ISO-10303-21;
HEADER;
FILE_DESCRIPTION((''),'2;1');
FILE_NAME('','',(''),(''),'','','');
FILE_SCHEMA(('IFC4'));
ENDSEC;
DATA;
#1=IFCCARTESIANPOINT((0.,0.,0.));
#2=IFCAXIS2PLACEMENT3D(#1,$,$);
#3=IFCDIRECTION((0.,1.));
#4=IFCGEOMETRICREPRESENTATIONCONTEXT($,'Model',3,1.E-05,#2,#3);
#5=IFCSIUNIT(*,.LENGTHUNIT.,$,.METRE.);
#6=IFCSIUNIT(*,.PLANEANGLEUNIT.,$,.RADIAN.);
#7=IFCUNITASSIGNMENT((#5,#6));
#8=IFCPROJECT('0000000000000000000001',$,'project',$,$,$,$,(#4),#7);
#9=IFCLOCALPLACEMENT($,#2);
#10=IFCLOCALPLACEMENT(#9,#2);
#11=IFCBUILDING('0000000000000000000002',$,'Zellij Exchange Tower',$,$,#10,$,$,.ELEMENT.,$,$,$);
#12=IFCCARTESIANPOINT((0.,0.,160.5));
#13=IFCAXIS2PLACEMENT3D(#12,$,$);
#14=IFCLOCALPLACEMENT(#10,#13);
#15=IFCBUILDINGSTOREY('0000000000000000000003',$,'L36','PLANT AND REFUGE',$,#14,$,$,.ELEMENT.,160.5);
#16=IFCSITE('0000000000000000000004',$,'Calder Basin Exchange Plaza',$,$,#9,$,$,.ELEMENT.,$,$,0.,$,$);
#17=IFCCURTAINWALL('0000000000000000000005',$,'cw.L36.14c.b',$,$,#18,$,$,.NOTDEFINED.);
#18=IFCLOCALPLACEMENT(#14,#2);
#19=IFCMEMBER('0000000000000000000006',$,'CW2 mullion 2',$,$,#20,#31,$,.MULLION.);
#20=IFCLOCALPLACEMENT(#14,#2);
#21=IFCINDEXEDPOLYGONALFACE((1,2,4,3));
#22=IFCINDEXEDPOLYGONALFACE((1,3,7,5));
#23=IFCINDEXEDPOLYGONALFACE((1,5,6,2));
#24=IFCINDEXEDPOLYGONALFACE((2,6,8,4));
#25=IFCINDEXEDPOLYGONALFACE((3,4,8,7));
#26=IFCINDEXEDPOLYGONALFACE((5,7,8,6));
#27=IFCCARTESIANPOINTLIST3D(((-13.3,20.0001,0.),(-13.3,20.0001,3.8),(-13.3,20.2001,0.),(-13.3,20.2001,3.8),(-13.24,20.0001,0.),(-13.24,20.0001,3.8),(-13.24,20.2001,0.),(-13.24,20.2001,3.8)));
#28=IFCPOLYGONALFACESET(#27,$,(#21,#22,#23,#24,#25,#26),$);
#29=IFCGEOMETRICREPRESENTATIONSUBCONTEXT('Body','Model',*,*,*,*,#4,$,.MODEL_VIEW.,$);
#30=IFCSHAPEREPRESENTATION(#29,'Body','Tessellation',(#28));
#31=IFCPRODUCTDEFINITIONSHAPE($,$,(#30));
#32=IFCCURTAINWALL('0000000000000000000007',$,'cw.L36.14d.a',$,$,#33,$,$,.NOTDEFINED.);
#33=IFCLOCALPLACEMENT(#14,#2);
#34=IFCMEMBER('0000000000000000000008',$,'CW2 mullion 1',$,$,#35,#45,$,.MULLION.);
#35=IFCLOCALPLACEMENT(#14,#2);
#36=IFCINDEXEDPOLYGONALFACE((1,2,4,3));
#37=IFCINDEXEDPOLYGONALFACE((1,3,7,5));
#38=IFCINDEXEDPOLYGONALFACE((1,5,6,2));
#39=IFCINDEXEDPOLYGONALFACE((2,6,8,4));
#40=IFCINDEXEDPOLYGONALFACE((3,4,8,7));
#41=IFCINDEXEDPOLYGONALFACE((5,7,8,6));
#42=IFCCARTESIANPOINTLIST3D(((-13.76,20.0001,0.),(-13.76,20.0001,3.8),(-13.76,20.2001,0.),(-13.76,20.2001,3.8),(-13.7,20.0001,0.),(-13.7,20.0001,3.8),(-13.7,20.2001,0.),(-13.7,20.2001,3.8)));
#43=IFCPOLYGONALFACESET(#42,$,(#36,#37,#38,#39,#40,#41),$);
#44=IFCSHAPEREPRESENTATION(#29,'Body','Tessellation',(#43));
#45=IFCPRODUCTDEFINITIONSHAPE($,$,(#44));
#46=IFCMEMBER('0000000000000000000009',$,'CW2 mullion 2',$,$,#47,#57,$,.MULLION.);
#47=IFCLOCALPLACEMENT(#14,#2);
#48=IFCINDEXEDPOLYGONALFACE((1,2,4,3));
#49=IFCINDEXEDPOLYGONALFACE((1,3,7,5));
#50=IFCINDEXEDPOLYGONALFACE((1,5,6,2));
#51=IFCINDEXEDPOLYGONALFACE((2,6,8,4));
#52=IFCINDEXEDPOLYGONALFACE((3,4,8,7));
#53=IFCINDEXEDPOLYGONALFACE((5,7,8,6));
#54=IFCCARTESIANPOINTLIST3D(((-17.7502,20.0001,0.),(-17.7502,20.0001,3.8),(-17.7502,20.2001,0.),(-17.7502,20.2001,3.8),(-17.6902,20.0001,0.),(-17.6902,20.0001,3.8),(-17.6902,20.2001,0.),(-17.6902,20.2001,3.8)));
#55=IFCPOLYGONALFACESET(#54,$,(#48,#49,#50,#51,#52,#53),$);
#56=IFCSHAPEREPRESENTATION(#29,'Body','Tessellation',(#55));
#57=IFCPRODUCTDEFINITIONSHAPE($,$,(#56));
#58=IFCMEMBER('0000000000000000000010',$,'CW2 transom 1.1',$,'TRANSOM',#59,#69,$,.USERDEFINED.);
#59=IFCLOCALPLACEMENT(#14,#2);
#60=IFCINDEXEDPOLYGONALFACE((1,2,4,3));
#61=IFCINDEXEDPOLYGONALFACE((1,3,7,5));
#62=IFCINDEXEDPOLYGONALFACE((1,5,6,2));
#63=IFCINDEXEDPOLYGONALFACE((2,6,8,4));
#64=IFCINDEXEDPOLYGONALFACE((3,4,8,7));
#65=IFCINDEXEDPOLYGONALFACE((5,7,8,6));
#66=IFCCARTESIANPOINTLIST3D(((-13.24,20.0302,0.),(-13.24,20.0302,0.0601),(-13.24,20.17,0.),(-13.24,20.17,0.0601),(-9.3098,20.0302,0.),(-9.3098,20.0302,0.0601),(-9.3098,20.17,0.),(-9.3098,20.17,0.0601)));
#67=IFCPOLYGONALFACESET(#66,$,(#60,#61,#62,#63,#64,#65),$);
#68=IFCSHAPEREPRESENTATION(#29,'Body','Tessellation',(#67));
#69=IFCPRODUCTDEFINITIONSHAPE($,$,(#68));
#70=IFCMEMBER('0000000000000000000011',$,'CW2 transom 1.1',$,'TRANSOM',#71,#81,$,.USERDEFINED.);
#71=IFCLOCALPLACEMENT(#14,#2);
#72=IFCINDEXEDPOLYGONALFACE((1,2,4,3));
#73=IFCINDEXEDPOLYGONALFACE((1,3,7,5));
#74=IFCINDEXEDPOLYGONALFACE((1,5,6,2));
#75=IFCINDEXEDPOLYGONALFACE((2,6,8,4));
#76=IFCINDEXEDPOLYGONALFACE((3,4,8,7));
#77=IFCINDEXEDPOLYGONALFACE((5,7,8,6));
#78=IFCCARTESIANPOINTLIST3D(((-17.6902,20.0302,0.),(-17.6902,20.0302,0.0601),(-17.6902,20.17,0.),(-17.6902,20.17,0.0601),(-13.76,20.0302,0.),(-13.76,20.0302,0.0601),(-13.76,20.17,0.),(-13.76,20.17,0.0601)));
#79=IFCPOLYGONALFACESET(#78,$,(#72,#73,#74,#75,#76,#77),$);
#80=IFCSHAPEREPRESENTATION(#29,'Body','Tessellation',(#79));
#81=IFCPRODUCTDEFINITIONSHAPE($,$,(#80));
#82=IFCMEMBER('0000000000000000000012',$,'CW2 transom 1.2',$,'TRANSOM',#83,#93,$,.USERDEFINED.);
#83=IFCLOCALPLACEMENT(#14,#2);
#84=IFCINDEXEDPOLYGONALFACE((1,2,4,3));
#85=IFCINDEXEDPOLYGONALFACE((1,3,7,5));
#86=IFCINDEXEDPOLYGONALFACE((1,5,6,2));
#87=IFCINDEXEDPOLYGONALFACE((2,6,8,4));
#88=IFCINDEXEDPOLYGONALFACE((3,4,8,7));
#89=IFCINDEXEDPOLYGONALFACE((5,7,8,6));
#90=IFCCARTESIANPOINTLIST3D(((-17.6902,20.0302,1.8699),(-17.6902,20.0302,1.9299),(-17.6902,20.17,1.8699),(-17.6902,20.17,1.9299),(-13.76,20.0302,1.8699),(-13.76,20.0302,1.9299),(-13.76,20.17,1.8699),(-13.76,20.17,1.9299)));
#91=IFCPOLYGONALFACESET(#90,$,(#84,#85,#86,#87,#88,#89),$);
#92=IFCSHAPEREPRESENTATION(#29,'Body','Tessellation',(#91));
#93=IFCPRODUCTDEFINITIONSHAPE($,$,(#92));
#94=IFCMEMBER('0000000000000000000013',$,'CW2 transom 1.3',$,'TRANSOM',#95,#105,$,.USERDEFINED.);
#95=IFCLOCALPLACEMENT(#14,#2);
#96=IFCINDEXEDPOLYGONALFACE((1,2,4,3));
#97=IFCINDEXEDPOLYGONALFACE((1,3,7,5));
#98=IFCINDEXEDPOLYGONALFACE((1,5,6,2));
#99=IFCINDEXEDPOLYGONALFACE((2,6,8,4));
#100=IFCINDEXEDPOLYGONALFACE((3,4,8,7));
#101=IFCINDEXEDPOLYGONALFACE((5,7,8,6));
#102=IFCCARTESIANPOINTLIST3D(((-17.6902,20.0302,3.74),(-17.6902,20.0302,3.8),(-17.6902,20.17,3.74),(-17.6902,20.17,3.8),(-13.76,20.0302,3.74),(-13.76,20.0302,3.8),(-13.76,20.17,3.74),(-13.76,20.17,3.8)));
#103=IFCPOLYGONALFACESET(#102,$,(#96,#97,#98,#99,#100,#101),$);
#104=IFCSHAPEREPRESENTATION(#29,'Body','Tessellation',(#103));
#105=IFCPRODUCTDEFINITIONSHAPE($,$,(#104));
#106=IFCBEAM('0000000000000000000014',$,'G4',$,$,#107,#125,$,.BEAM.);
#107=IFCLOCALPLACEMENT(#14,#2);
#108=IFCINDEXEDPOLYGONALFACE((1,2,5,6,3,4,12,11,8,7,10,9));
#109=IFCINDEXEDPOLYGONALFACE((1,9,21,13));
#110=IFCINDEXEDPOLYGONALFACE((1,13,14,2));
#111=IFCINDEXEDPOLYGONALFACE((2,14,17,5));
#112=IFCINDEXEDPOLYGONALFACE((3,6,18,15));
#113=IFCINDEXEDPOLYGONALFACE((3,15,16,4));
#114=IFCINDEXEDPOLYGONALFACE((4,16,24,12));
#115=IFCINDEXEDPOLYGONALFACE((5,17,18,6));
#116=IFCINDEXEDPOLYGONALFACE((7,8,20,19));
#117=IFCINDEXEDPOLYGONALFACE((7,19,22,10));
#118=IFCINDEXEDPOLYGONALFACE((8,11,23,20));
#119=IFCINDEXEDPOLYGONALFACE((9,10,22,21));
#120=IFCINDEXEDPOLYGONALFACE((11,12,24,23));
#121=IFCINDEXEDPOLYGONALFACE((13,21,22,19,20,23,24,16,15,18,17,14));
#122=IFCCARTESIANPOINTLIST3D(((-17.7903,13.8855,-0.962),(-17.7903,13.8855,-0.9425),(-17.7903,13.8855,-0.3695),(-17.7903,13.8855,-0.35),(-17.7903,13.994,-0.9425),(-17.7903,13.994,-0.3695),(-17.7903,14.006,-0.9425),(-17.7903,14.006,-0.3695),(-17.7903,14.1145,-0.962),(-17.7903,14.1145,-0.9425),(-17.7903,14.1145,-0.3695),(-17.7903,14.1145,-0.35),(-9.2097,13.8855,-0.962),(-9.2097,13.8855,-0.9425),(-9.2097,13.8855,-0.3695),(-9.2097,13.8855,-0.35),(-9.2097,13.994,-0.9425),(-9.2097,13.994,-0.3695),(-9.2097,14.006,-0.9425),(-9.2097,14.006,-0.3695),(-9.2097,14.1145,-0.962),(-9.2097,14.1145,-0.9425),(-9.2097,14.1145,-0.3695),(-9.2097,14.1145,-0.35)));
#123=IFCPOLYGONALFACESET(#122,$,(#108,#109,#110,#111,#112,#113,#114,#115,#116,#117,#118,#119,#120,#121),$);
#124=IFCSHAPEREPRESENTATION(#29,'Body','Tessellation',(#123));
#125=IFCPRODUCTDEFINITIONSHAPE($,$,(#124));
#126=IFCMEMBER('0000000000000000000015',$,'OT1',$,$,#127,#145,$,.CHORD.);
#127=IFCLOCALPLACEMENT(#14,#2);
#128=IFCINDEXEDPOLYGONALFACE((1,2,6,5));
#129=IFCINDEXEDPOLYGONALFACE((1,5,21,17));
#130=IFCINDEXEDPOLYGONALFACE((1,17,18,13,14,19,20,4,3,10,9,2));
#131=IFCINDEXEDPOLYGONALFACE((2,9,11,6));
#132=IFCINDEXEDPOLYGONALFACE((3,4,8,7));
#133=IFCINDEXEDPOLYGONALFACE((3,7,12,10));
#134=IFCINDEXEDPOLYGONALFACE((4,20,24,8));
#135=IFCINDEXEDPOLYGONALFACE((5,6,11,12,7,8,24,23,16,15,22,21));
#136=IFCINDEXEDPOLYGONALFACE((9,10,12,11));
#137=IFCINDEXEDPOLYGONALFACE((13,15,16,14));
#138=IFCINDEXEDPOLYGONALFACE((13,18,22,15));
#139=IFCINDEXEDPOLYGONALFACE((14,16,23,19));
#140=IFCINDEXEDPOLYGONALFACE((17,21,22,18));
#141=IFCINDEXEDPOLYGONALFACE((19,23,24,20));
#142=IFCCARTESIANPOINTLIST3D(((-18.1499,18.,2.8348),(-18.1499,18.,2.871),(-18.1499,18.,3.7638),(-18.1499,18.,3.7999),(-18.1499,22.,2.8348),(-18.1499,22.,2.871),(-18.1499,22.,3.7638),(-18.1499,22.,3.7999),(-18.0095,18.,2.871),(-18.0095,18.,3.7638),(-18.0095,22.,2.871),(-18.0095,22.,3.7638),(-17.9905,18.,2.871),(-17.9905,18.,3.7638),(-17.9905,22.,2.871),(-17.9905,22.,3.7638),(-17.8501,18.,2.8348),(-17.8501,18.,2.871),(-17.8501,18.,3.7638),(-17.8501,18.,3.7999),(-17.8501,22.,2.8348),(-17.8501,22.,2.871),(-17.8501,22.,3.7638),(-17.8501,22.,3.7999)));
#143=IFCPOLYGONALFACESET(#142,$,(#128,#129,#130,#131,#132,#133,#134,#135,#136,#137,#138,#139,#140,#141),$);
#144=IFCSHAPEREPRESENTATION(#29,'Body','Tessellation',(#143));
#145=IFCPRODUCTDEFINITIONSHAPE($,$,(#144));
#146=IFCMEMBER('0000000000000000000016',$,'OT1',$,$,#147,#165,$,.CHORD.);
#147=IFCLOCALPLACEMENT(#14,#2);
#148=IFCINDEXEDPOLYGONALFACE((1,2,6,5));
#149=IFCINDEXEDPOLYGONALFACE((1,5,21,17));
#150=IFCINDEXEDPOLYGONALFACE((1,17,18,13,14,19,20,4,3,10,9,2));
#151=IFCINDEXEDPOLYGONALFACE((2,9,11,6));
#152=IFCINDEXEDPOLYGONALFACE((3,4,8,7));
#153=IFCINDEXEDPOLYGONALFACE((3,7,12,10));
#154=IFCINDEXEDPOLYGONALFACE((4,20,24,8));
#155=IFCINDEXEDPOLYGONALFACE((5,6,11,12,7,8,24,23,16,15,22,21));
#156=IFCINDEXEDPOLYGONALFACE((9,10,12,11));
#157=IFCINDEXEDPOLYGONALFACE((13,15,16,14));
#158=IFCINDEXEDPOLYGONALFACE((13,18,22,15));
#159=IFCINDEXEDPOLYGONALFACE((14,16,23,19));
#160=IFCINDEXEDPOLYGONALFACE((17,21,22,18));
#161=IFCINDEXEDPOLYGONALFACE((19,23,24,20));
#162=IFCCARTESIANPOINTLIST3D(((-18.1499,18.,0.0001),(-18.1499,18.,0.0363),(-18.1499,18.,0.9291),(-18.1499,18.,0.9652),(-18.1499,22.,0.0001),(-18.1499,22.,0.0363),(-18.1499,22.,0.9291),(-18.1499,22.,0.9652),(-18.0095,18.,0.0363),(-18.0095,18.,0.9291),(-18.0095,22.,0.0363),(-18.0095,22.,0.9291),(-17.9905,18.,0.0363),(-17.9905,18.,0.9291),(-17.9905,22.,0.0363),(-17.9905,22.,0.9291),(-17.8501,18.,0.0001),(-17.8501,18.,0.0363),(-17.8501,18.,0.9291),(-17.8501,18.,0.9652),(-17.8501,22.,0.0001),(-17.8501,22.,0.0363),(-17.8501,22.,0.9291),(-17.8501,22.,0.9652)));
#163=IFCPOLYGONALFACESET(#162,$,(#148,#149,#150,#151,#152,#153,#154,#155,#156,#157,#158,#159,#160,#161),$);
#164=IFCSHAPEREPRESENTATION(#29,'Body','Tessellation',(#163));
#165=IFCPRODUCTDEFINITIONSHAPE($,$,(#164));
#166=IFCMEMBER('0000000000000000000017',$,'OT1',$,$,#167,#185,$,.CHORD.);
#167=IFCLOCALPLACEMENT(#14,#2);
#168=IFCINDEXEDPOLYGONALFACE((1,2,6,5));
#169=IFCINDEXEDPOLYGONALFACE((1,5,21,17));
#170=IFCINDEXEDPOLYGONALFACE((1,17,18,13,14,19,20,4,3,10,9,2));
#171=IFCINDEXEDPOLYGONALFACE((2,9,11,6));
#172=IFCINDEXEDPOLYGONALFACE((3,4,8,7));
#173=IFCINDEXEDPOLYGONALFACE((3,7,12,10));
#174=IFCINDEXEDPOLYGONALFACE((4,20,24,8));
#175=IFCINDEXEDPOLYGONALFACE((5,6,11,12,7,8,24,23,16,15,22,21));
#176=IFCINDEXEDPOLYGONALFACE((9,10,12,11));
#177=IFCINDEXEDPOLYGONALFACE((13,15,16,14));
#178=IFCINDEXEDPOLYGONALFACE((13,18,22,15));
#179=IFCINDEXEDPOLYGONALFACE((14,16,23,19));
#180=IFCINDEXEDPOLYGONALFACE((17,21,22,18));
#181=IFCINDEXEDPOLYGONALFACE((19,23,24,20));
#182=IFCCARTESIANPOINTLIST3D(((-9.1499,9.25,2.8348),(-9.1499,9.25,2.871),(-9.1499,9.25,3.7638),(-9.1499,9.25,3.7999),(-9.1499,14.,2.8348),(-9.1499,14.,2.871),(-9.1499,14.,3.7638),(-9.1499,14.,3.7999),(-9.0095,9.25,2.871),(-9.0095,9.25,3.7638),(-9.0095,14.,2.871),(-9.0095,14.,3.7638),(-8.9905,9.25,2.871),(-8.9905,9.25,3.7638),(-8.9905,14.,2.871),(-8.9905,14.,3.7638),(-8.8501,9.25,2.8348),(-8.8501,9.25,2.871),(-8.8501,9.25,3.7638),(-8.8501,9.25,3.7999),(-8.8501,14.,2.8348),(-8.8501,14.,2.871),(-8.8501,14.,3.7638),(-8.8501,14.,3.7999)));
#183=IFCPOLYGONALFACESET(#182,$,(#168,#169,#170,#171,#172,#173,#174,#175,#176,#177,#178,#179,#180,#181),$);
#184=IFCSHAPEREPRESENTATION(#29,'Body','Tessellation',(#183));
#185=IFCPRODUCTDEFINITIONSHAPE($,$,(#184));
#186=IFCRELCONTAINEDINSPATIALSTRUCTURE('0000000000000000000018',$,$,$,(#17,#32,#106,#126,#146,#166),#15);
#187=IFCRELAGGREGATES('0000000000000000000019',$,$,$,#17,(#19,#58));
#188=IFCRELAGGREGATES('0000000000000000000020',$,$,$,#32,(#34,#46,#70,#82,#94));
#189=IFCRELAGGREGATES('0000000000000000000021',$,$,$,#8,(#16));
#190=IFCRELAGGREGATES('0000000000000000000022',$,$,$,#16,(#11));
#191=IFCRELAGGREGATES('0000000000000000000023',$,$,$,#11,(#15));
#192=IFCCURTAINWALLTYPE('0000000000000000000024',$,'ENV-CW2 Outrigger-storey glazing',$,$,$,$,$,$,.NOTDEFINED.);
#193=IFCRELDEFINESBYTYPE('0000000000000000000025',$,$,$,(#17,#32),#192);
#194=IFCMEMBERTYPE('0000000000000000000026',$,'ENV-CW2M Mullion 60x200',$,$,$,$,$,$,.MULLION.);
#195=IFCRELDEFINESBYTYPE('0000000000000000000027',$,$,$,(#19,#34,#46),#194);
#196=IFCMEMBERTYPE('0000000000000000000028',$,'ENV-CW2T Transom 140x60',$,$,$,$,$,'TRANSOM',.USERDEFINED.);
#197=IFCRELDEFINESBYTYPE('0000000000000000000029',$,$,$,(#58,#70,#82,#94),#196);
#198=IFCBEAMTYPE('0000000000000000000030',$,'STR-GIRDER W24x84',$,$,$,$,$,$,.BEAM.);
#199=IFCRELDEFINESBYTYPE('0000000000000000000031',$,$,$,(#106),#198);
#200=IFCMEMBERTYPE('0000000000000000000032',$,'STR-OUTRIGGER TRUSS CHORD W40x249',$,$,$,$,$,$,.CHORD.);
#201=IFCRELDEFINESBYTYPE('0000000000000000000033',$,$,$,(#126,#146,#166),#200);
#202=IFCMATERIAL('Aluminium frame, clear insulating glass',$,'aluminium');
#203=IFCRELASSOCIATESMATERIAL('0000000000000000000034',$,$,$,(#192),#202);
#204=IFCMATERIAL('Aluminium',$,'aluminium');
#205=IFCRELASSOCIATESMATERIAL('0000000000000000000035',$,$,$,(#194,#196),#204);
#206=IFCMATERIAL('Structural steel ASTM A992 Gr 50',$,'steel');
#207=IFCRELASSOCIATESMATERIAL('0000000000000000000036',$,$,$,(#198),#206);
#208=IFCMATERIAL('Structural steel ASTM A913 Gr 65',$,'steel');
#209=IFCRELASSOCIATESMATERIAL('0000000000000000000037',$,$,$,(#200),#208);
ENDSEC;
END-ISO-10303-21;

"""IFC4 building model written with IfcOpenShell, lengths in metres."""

from ifc_helpers import new_model, si_unit, direction, frame, origin, origin_2d, place, context, subcontext, project, spatial, rectangle, i_section, extrude, material, material_profile, profile_set, type_object, element, aggregate, save


model = new_model("IFC4")

# Units and contexts
model_context = context("Model", 3, precision=1e-05, world=origin(), true_north=direction((0.0, 1.0)))
body_context = subcontext(model_context, "Body", "Model", "MODEL_VIEW")
ifc_project = project(units=[si_unit("LENGTHUNIT", "METRE"), si_unit("PLANEANGLEUNIT", "RADIAN")], contexts=[model_context])

# Site, building, storey
site_placement = place(None, origin())
site = spatial("IfcSite", under=ifc_project, at=site_placement, Name="Calder Basin Exchange Plaza", CompositionType="ELEMENT", RefElevation=0.0)
building_placement = place(site_placement, origin())
building = spatial("IfcBuilding", under=site, at=building_placement, Name="Zellij Exchange Tower", CompositionType="ELEMENT")
storey_placement = place(building_placement, frame((0.0, 0.0, 160.5)))
storey = spatial("IfcBuildingStorey", under=building, at=storey_placement, Name="L36", Description="PLANT AND REFUGE", CompositionType="ELEMENT", Elevation=160.5)

# Curtain wall, member
ifc_material_1 = material(Name="Aluminium frame, clear insulating glass", Category="aluminium")
curtain_wall_type = type_object("IfcCurtainWallType", Name="ENV-CW2 Outrigger-storey glazing", PredefinedType="NOTDEFINED", material=ifc_material_1)
curtain_wall_1_placement = place(storey_placement, origin())
curtain_wall_1 = element("IfcCurtainWall", 1, at=curtain_wall_1_placement, inside=storey, type_object=curtain_wall_type, Name="cw.L36.14c.b", PredefinedType="NOTDEFINED")
ifc_material_2 = material(Name="Aluminium", Category="aluminium")
ifc_material_profile_1 = material_profile(ifc_material_2, rectangle(XDim=0.0601, YDim=0.2, at=origin_2d()), Name="AL 60x200")
ifc_profile_set_1 = profile_set([ifc_material_profile_1], Name="Aluminium")
member_type_1 = type_object("IfcMemberType", Name="ENV-CW2M Mullion 60x200", PredefinedType="MULLION", material=ifc_profile_set_1)
member_1_placement = place(storey_placement, frame((-13.27, 20.1001, 0.0), z_axis=(0.0, 0.0, 1.0), x_axis=(-1.0, 0.0, 0.0)))
member_1 = element("IfcMember", 2, at=member_1_placement, type_object=member_type_1, Name="CW2 mullion 2", PredefinedType="MULLION", context=body_context, shape_type="SweptSolid", body=[
    extrude(rectangle(XDim=0.0601, YDim=0.2, at=origin_2d()), origin(), (0.0, 0.0, 1.0), 3.8),
])

# Curtain wall, members
curtain_wall_2_placement = place(storey_placement, origin())
curtain_wall_2 = element("IfcCurtainWall", 3, at=curtain_wall_2_placement, inside=storey, type_object=curtain_wall_type, Name="cw.L36.14d.a", PredefinedType="NOTDEFINED")
member_2_placement = place(storey_placement, frame((-13.73, 20.1001, 0.0), z_axis=(0.0, 0.0, 1.0), x_axis=(-1.0, 0.0, 0.0)))
member_2 = element("IfcMember", 4, at=member_2_placement, type_object=member_type_1, Name="CW2 mullion 1", PredefinedType="MULLION", context=body_context, shape_type="SweptSolid", body=[
    extrude(rectangle(XDim=0.0601, YDim=0.2, at=origin_2d()), origin(), (0.0, 0.0, 1.0), 3.8),
])
member_3_placement = place(storey_placement, frame((-17.7202, 20.1001, 0.0), z_axis=(0.0, 0.0, 1.0), x_axis=(-1.0, 0.0, 0.0)))
member_3 = element("IfcMember", 5, at=member_3_placement, type_object=member_type_1, Name="CW2 mullion 2", PredefinedType="MULLION", context=body_context, shape_type="SweptSolid", body=[
    extrude(rectangle(XDim=0.0601, YDim=0.2, at=origin_2d()), origin(), (0.0, 0.0, 1.0), 3.8),
])

# Members
ifc_material_profile_2 = material_profile(ifc_material_2, rectangle(XDim=0.1399, YDim=0.0601, at=origin_2d()), Name="AL 140x60")
ifc_profile_set_2 = profile_set([ifc_material_profile_2], Name="Aluminium")
member_type_2 = type_object("IfcMemberType", Name="ENV-CW2T Transom 140x60", ElementType="TRANSOM", PredefinedType="USERDEFINED", material=ifc_profile_set_2)
member_4_placement = place(storey_placement, frame((-9.3098, 20.1001, 0.03), z_axis=(-1.0, 0.0, 0.0), x_axis=(0.0, -1.0, 0.0)))
member_4 = element("IfcMember", 6, at=member_4_placement, type_object=member_type_2, Name="CW2 transom 1.1", ObjectType="TRANSOM", PredefinedType="USERDEFINED", context=body_context, shape_type="SweptSolid", body=[
    extrude(rectangle(XDim=0.1399, YDim=0.0601, at=origin_2d()), origin(), (0.0, 0.0, 1.0), 3.9302),
])
member_5_placement = place(storey_placement, frame((-13.76, 20.1001, 0.03), z_axis=(-1.0, 0.0, 0.0), x_axis=(0.0, -1.0, 0.0)))
member_5 = element("IfcMember", 7, at=member_5_placement, type_object=member_type_2, Name="CW2 transom 1.1", ObjectType="TRANSOM", PredefinedType="USERDEFINED", context=body_context, shape_type="SweptSolid", body=[
    extrude(rectangle(XDim=0.1399, YDim=0.0601, at=origin_2d()), origin(), (0.0, 0.0, 1.0), 3.9302),
])
member_6_placement = place(storey_placement, frame((-13.76, 20.1001, 1.8999), z_axis=(-1.0, 0.0, 0.0), x_axis=(0.0, -1.0, 0.0)))
member_6 = element("IfcMember", 8, at=member_6_placement, type_object=member_type_2, Name="CW2 transom 1.2", ObjectType="TRANSOM", PredefinedType="USERDEFINED", context=body_context, shape_type="SweptSolid", body=[
    extrude(rectangle(XDim=0.1399, YDim=0.0601, at=origin_2d()), origin(), (0.0, 0.0, 1.0), 3.9302),
])
member_7_placement = place(storey_placement, frame((-13.76, 20.1001, 3.77), z_axis=(-1.0, 0.0, 0.0), x_axis=(0.0, -1.0, 0.0)))
member_7 = element("IfcMember", 9, at=member_7_placement, type_object=member_type_2, Name="CW2 transom 1.3", ObjectType="TRANSOM", PredefinedType="USERDEFINED", context=body_context, shape_type="SweptSolid", body=[
    extrude(rectangle(XDim=0.1399, YDim=0.0601, at=origin_2d()), origin(), (0.0, 0.0, 1.0), 3.9302),
])

# Beam
ifc_material_3 = material(Name="Structural steel ASTM A992 Gr 50", Category="steel")
ifc_material_profile_3 = material_profile(ifc_material_3, i_section(OverallWidth=0.229, OverallDepth=0.6121, WebThickness=0.012, FlangeThickness=0.0195, at=origin_2d()), Name="W24x84")
ifc_profile_set_3 = profile_set([ifc_material_profile_3], Name="Structural steel ASTM A992 Gr 50")
beam_type = type_object("IfcBeamType", Name="STR-GIRDER W24x84", PredefinedType="BEAM", material=ifc_profile_set_3)
beam_placement = place(storey_placement, frame((-17.7903, 14.0, -0.656), z_axis=(1.0, 0.0, 0.0), x_axis=(0.0, 1.0, 0.0)))
element("IfcBeam", 10, at=beam_placement, inside=storey, type_object=beam_type, Name="G4", PredefinedType="BEAM", context=body_context, shape_type="SweptSolid", body=[
    extrude(i_section(OverallWidth=0.229, OverallDepth=0.6121, WebThickness=0.012, FlangeThickness=0.0195, at=origin_2d()), origin(), (0.0, 0.0, 1.0), 8.5806),
])

# Members
ifc_material_4 = material(Name="Structural steel ASTM A913 Gr 65", Category="steel")
ifc_material_profile_4 = material_profile(ifc_material_4, i_section(OverallWidth=0.2998, OverallDepth=0.9651, WebThickness=0.019, FlangeThickness=0.0361, at=origin_2d()), Name="W40x249")
ifc_profile_set_4 = profile_set([ifc_material_profile_4], Name="Structural steel ASTM A913 Gr 65")
member_type_3 = type_object("IfcMemberType", Name="STR-OUTRIGGER TRUSS CHORD W40x249", PredefinedType="CHORD", material=ifc_profile_set_4)
for number, where, z_axis, x_axis, name in (
    (11, (-18.0, 18.0, 3.3174), (0.0, 1.0, 0.0), (-1.0, 0.0, 0.0), "OT1"),
    (12, (-18.0, 18.0, 0.4827), (0.0, 1.0, 0.0), (-1.0, 0.0, 0.0), "OT1"),
):
    element("IfcMember", number, at=place(storey_placement, frame(where, z_axis=z_axis, x_axis=x_axis)), inside=storey, type_object=member_type_3, Name=name, PredefinedType="CHORD", context=body_context, shape_type="SweptSolid", body=[
        extrude(i_section(OverallWidth=0.2998, OverallDepth=0.9651, WebThickness=0.019, FlangeThickness=0.0361, at=origin_2d()), origin(), (0.0, 0.0, 1.0), 4.0),
    ])
member_8_placement = place(storey_placement, frame((-9.0, 9.25, 3.3174), z_axis=(0.0, 1.0, 0.0), x_axis=(-1.0, 0.0, 0.0)))
element("IfcMember", 13, at=member_8_placement, inside=storey, type_object=member_type_3, Name="OT1", PredefinedType="CHORD", context=body_context, shape_type="SweptSolid", body=[
    extrude(i_section(OverallWidth=0.2998, OverallDepth=0.9651, WebThickness=0.019, FlangeThickness=0.0361, at=origin_2d()), origin(), (0.0, 0.0, 1.0), 4.75),
])

aggregate(curtain_wall_1, [member_1, member_4])
aggregate(curtain_wall_2, [member_2, member_3, member_5, member_6, member_7])

save(model, "model.ifc")
